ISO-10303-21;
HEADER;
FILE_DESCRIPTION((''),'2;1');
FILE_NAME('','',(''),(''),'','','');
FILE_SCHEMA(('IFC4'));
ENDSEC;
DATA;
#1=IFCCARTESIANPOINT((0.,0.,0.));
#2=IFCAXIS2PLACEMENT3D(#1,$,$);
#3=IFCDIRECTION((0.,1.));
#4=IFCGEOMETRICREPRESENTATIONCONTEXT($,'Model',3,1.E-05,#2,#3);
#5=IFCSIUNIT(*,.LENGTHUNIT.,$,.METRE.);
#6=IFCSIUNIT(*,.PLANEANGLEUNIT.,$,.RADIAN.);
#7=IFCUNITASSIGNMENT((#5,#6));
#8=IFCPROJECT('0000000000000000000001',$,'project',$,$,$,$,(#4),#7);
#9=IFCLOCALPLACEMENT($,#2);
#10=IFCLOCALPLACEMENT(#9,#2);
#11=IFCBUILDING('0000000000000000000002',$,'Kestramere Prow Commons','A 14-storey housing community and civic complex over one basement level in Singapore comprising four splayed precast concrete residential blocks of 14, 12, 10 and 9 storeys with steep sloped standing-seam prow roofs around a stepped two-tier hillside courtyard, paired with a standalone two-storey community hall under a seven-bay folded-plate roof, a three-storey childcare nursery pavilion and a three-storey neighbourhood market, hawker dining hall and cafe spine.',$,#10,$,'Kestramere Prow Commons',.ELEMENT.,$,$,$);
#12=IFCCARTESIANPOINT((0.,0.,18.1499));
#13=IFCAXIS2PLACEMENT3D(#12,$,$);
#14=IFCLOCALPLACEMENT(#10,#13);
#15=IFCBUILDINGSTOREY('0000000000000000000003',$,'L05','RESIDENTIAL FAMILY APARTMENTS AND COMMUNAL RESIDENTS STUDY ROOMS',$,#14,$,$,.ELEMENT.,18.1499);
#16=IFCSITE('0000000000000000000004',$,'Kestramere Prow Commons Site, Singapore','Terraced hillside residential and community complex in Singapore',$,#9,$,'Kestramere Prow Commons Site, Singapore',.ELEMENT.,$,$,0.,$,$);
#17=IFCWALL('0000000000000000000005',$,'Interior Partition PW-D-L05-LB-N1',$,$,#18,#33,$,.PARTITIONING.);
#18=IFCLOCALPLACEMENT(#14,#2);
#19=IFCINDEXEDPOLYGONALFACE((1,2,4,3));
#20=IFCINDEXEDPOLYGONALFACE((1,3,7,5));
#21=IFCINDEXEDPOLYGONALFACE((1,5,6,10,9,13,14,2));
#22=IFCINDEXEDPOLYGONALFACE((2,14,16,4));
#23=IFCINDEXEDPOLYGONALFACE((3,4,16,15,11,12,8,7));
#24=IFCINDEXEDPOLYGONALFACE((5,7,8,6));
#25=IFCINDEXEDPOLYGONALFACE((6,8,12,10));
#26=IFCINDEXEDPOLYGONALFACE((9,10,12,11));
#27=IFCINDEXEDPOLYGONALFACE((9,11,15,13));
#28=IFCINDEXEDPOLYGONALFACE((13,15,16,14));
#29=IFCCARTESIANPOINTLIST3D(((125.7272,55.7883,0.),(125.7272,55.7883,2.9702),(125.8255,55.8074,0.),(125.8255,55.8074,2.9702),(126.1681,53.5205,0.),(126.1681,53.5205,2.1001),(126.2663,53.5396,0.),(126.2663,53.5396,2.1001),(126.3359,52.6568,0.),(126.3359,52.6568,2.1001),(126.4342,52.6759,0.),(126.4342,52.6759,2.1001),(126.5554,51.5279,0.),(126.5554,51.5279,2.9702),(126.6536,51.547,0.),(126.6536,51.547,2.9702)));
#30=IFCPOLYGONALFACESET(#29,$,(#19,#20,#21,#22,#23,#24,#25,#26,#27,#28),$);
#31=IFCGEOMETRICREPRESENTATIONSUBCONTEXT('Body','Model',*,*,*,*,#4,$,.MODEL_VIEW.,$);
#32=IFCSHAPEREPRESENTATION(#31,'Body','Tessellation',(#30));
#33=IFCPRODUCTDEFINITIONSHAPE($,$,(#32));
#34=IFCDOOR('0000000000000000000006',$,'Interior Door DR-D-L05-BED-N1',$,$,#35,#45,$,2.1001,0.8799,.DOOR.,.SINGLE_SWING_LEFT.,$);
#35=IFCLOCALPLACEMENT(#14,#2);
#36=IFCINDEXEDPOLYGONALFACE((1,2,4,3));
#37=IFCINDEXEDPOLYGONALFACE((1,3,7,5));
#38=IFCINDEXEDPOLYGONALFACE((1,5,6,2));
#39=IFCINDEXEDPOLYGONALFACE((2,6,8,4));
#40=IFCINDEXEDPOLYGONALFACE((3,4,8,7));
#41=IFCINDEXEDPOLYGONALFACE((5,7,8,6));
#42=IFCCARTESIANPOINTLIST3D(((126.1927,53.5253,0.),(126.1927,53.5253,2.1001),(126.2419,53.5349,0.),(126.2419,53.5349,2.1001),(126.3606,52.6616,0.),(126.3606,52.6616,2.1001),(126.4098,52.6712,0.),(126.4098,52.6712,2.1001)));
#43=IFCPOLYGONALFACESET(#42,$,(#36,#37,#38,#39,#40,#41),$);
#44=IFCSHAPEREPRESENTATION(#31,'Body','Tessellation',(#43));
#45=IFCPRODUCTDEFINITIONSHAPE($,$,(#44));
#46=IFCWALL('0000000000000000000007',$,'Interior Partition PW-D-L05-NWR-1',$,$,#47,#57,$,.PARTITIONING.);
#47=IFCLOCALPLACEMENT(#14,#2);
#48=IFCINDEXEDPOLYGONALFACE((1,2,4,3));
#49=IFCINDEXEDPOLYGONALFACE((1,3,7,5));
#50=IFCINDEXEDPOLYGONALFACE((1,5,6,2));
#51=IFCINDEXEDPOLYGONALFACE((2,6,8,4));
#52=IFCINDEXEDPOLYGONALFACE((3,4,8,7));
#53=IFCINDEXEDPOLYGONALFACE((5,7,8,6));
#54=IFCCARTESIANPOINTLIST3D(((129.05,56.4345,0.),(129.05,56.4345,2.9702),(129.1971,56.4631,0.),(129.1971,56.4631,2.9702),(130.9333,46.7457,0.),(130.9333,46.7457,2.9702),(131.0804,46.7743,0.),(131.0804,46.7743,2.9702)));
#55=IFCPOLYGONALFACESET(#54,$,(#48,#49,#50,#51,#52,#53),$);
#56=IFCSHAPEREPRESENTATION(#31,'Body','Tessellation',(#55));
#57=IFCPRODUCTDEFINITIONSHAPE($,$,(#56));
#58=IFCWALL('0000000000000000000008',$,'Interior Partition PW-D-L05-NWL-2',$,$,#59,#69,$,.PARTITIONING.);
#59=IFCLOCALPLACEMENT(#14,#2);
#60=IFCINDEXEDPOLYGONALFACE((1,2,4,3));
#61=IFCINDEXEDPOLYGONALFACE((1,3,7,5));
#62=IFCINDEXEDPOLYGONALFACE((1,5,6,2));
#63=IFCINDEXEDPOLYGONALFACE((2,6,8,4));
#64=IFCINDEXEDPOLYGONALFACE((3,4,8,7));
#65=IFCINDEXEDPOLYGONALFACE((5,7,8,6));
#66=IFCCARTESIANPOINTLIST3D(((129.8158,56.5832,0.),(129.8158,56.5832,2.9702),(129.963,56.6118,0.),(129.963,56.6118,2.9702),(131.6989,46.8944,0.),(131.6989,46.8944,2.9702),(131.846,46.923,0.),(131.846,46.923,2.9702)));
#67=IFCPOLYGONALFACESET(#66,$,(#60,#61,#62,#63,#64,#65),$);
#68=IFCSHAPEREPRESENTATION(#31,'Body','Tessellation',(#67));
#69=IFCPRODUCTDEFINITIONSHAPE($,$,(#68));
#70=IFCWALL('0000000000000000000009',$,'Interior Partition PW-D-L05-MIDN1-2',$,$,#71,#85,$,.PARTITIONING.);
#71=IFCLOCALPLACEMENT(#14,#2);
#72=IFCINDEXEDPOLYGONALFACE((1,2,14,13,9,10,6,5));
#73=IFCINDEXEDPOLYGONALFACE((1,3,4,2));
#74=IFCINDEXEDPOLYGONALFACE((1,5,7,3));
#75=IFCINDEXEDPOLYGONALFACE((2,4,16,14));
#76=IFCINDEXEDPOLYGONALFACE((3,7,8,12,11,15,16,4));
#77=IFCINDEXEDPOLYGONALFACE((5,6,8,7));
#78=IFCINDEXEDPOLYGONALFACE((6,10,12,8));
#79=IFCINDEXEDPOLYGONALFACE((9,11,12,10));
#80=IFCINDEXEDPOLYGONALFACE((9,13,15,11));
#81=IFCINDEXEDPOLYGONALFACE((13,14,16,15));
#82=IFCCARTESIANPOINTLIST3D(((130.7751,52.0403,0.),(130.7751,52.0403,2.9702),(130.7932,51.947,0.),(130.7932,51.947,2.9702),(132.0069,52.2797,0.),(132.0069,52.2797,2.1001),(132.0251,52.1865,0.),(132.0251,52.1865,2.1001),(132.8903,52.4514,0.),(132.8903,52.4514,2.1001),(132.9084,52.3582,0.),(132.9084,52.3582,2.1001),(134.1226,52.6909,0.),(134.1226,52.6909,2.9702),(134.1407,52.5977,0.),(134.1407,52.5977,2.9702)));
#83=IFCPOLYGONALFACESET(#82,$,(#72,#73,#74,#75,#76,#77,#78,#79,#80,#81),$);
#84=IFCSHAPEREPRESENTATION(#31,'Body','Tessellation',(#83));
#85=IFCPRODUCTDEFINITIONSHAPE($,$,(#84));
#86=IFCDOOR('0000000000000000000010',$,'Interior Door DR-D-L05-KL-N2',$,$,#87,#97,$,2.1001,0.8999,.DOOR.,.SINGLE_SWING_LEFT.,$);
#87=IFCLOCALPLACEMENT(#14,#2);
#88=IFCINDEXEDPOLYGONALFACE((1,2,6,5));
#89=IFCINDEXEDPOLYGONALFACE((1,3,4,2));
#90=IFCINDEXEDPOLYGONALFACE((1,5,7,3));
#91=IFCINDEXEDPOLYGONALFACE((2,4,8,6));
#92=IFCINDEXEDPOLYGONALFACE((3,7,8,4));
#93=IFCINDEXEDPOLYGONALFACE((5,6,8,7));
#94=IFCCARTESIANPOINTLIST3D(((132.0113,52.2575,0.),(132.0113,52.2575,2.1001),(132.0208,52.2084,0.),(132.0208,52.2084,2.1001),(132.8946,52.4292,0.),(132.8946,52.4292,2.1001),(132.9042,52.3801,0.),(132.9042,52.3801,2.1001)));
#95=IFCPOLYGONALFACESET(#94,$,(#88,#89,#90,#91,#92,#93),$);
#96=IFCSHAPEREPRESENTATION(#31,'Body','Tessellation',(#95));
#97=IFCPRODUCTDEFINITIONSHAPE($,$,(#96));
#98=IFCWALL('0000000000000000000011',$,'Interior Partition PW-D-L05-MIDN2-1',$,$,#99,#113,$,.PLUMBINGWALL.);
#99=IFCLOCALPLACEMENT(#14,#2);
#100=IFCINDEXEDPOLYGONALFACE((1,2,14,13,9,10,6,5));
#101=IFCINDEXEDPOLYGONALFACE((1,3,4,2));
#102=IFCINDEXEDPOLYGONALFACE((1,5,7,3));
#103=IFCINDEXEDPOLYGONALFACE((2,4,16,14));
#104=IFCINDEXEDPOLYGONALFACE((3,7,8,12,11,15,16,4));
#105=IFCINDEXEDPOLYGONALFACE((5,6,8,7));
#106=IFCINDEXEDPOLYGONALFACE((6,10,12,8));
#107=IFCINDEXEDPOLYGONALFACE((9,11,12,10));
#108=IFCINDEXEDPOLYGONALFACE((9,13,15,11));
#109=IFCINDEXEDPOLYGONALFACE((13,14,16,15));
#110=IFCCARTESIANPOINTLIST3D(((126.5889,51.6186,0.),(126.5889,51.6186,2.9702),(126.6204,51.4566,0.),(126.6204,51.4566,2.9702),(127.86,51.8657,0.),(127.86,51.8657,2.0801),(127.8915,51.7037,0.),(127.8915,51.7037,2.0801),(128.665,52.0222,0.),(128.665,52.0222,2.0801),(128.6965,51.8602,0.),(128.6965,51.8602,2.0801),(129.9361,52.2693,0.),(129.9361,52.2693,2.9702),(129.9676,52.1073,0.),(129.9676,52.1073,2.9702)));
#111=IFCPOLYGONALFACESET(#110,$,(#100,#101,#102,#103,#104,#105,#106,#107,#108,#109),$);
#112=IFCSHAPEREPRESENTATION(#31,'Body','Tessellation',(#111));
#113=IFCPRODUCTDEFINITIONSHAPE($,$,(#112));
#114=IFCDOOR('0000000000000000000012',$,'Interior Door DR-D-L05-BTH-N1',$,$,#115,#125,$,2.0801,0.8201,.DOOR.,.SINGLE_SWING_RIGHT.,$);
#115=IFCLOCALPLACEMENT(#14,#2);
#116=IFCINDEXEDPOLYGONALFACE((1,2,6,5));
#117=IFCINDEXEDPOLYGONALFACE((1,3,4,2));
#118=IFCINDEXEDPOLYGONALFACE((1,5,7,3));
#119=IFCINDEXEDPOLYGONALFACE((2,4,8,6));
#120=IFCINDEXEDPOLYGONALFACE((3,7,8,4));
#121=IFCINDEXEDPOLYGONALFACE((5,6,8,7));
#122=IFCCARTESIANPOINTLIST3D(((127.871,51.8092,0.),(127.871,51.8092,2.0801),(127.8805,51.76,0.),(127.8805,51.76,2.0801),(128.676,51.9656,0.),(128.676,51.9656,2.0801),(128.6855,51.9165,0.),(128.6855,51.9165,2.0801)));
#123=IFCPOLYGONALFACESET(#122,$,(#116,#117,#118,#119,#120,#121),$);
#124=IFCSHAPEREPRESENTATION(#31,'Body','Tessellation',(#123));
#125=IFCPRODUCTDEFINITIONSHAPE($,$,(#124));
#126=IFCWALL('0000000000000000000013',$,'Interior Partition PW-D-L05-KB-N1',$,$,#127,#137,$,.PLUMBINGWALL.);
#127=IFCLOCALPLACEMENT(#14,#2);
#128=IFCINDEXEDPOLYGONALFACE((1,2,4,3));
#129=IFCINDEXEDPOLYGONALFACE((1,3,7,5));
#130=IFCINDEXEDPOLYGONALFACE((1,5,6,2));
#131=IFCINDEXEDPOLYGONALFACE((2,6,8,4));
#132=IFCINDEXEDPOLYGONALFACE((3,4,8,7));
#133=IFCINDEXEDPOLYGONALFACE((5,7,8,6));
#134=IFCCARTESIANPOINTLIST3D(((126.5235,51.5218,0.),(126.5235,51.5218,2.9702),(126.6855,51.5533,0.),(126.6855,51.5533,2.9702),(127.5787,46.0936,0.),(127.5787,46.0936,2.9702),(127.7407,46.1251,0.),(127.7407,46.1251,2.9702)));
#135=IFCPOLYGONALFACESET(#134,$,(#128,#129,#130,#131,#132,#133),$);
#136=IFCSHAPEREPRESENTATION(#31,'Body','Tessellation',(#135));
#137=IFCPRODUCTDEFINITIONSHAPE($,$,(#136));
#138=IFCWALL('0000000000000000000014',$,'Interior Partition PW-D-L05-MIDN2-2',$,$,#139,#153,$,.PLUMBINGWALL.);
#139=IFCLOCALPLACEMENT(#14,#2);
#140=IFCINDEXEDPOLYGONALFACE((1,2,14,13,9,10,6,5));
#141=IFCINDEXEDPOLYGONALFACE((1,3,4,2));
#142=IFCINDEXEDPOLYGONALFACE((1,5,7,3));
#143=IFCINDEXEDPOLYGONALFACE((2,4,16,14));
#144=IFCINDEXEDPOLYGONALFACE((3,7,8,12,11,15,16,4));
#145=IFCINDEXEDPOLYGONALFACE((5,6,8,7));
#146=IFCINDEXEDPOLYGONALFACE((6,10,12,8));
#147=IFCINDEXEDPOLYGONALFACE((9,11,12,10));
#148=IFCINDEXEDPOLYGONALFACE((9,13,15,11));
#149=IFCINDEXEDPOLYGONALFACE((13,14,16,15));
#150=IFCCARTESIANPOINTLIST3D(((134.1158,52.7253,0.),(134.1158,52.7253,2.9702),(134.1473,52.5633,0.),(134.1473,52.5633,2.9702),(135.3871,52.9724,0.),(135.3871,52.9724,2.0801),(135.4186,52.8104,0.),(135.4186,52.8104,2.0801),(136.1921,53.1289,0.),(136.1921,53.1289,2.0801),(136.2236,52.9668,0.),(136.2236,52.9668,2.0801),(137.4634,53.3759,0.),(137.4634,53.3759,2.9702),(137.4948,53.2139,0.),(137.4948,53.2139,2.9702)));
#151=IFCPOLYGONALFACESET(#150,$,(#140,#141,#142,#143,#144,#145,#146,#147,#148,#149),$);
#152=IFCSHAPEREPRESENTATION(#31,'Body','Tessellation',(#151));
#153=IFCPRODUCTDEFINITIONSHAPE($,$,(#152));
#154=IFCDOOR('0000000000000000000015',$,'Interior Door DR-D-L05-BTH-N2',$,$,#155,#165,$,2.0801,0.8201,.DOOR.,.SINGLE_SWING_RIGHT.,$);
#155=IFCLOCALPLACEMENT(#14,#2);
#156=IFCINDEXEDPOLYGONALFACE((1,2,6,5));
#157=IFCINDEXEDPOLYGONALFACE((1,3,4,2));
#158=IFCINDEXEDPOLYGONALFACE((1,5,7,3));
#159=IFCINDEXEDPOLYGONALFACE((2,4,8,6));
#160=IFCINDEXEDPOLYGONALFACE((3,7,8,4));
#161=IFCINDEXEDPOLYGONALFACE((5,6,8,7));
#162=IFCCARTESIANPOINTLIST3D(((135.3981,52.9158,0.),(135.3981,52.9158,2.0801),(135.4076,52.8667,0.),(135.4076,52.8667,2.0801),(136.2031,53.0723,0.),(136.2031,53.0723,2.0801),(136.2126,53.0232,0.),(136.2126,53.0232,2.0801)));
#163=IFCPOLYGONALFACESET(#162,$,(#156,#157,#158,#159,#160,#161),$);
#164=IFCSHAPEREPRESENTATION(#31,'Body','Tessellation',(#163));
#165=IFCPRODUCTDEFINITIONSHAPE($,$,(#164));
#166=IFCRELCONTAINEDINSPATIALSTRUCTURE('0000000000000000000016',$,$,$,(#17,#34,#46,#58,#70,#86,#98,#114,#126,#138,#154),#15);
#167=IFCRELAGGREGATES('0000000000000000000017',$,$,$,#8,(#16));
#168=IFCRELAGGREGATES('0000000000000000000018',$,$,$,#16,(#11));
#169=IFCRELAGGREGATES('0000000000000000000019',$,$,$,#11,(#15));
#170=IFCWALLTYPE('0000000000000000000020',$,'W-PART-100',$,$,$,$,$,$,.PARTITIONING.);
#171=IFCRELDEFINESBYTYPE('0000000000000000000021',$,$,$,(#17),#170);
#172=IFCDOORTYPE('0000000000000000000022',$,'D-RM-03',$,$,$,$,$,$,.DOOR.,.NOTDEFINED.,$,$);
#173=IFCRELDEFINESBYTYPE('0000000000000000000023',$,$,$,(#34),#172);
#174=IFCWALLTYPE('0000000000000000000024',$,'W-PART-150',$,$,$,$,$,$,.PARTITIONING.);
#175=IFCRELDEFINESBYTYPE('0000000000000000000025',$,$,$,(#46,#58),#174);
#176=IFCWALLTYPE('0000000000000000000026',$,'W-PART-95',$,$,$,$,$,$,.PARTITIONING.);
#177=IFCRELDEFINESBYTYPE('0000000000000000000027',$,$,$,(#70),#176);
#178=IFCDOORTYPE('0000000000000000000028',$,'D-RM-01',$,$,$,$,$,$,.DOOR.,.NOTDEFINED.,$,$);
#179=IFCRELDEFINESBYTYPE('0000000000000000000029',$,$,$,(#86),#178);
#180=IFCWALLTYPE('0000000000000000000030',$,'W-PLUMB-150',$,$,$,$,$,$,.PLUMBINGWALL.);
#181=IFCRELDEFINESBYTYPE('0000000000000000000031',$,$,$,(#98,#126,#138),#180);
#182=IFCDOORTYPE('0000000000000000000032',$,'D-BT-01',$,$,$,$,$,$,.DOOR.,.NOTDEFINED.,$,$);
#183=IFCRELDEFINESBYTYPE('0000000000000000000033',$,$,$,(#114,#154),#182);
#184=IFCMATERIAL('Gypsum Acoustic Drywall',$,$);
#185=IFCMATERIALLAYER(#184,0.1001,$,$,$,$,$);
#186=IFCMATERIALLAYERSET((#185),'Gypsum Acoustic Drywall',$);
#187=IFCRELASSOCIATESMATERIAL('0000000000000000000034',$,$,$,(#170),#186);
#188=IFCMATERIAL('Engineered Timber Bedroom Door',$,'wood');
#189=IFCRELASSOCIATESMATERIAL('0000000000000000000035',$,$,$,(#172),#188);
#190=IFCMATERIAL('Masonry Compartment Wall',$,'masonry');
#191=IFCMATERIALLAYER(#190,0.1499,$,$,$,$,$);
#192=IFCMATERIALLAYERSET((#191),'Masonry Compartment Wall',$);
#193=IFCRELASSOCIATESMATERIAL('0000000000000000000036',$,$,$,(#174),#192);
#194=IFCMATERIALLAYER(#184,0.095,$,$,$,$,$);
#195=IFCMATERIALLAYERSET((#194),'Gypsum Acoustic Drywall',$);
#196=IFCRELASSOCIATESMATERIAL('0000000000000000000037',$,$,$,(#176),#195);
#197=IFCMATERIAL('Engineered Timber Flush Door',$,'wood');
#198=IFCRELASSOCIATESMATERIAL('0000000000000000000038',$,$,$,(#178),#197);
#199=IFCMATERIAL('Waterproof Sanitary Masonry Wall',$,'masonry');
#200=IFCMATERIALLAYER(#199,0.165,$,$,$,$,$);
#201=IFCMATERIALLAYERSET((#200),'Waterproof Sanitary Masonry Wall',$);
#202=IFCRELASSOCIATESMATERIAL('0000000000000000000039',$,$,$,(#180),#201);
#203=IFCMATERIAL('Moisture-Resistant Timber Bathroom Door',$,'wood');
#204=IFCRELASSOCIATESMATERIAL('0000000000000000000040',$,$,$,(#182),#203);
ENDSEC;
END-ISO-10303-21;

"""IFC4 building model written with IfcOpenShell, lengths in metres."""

from ifc_helpers import new_model, si_unit, direction, frame, frame_2d, origin, place, context, subcontext, project, spatial, rectangle, extrude, material, layer, layer_set, type_object, element, fill, save


model = new_model("IFC4")

# Units and contexts
model_context = context("Model", 3, precision=1e-05, world=origin(), true_north=direction((0.0, 1.0)))
body_context = subcontext(model_context, "Body", "Model", "MODEL_VIEW")
ifc_project = project(units=[si_unit("LENGTHUNIT", "METRE"), si_unit("PLANEANGLEUNIT", "RADIAN")], contexts=[model_context])

# Site, building, storey
site_placement = place(None, origin())
site = spatial("IfcSite", under=ifc_project, at=site_placement, Name="Kestramere Prow Commons Site, Singapore", Description="Terraced hillside residential and community complex in Singapore", LongName="Kestramere Prow Commons Site, Singapore", CompositionType="ELEMENT", RefElevation=0.0)
building_placement = place(site_placement, origin())
building = spatial("IfcBuilding", under=site, at=building_placement, Name="Kestramere Prow Commons", Description="A 14-storey housing community and civic complex over one basement level in Singapore comprising four splayed precast concrete residential blocks of 14, 12, 10 and 9 storeys with steep sloped standing-seam prow roofs around a stepped two-tier hillside courtyard, paired with a standalone two-storey community hall under a seven-bay folded-plate roof, a three-storey childcare nursery pavilion and a three-storey neighbourhood market, hawker dining hall and cafe spine.", LongName="Kestramere Prow Commons", CompositionType="ELEMENT")
storey_placement = place(building_placement, frame((0.0, 0.0, 18.1499)))
storey = spatial("IfcBuildingStorey", under=building, at=storey_placement, Name="L05", Description="RESIDENTIAL FAMILY APARTMENTS AND COMMUNAL RESIDENTS STUDY ROOMS", CompositionType="ELEMENT", Elevation=18.1499)

# Wall, opening, door
ifc_material_1 = material(Name="Gypsum Acoustic Drywall")
ifc_layer_1 = layer(ifc_material_1, 0.1001)
ifc_layer_set_1 = layer_set([ifc_layer_1], Name="Gypsum Acoustic Drywall")
wall_type_1 = type_object("IfcWallType", Name="W-PART-100", PredefinedType="PARTITIONING", material=ifc_layer_set_1)
wall_1_placement = place(storey_placement, frame((126.6045, 51.5376, 0.0), z_axis=(0.0, 0.0, 1.0), x_axis=(-0.190812, 0.981627, 0.0)))
wall_1 = element("IfcWall", 1, at=wall_1_placement, inside=storey, type_object=wall_type_1, Name="Interior Partition PW-D-L05-LB-N1", PredefinedType="PARTITIONING", context=body_context, shape_type="SweptSolid", body=[
    extrude(rectangle(XDim=4.3401, YDim=0.1001, at=frame_2d((2.1699, 0.0))), origin(), (0.0, 0.0, 1.0), 2.9702),
])
opening_1_placement = place(wall_1_placement, frame((1.1499, 0.0, 0.0)))
opening_1 = element("IfcOpeningElement", 2, at=opening_1_placement, cuts=wall_1, PredefinedType="OPENING", context=body_context, shape_type="SweptSolid", body=[
    extrude(rectangle(XDim=0.8799, YDim=2.1001, at=frame_2d((0.4399, 1.05))), frame((0.0, 0.0649, 0.0), z_axis=(0.0, -1.0, 0.0), x_axis=(1.0, 0.0, 0.0)), (0.0, 0.0, 1.0), 0.1301),
])
ifc_material_2 = material(Name="Engineered Timber Bedroom Door", Category="wood")
door_type_1 = type_object("IfcDoorType", Name="D-RM-03", OperationType="NOTDEFINED", PredefinedType="DOOR", material=ifc_material_2)
door_1_placement = place(opening_1_placement, origin())
door_1 = element("IfcDoor", 3, at=door_1_placement, inside=storey, type_object=door_type_1, Name="Interior Door DR-D-L05-BED-N1", OperationType="SINGLE_SWING_LEFT", OverallHeight=2.1001, OverallWidth=0.8799, PredefinedType="DOOR", context=body_context, shape_type="SweptSolid", body=[
    extrude(rectangle(XDim=0.8799, YDim=2.1001, at=frame_2d((0.4399, 1.05))), frame((0.0, 0.0249, 0.0), z_axis=(0.0, -1.0, 0.0), x_axis=(1.0, 0.0, 0.0)), (0.0, 0.0, 1.0), 0.05),
])
fill(opening_1, door_1)

# Walls
ifc_material_3 = material(Name="Masonry Compartment Wall", Category="masonry")
ifc_layer_2 = layer(ifc_material_3, 0.1499)
ifc_layer_set_2 = layer_set([ifc_layer_2], Name="Masonry Compartment Wall")
wall_type_2 = type_object("IfcWallType", Name="W-PART-150", PredefinedType="PARTITIONING", material=ifc_layer_set_2)
for number, where, z_axis, x_axis, name in (
    (4, (131.0068, 46.76, 0.0), (0.0, 0.0, 1.0), (-0.190809, 0.981627, 0.0), "Interior Partition PW-D-L05-NWR-1"),
    (5, (131.7725, 46.9087, 0.0), (0.0, 0.0, 1.0), (-0.190786, 0.981632, 0.0), "Interior Partition PW-D-L05-NWL-2"),
):
    element("IfcWall", number, at=place(storey_placement, frame(where, z_axis=z_axis, x_axis=x_axis)), inside=storey, type_object=wall_type_2, Name=name, PredefinedType="PARTITIONING", context=body_context, shape_type="SweptSolid", body=[
        extrude(rectangle(XDim=9.8701, YDim=0.1499, at=frame_2d((4.9351, 0.0))), origin(), (0.0, 0.0, 1.0), 2.9702),
    ])

# Walls, openings, doors
ifc_layer_3 = layer(ifc_material_1, 0.095)
ifc_layer_set_3 = layer_set([ifc_layer_3], Name="Gypsum Acoustic Drywall")
wall_type_3 = type_object("IfcWallType", Name="W-PART-95", PredefinedType="PARTITIONING", material=ifc_layer_set_3)
wall_2_placement = place(storey_placement, frame((130.7842, 51.9937, 0.0), z_axis=(0.0, 0.0, 1.0), x_axis=(0.981629, 0.190799, 0.0)))
wall_2 = element("IfcWall", 6, at=wall_2_placement, inside=storey, type_object=wall_type_3, Name="Interior Partition PW-D-L05-MIDN1-2", PredefinedType="PARTITIONING", context=body_context, shape_type="SweptSolid", body=[
    extrude(rectangle(XDim=3.4102, YDim=0.095, at=frame_2d((1.7051, 0.0))), origin(), (0.0, 0.0, 1.0), 2.9702),
])
opening_2_placement = place(wall_2_placement, frame((1.2549, 0.0, 0.0)))
opening_2 = element("IfcOpeningElement", 7, at=opening_2_placement, cuts=wall_2, PredefinedType="OPENING", context=body_context, shape_type="SweptSolid", body=[
    extrude(rectangle(XDim=0.8999, YDim=2.1001, at=frame_2d((0.45, 1.05))), frame((0.0, 0.0625, 0.0), z_axis=(0.0, -1.0, 0.0), x_axis=(1.0, 0.0, 0.0)), (0.0, 0.0, 1.0), 0.125),
])
ifc_material_4 = material(Name="Engineered Timber Flush Door", Category="wood")
door_type_2 = type_object("IfcDoorType", Name="D-RM-01", OperationType="NOTDEFINED", PredefinedType="DOOR", material=ifc_material_4)
door_2_placement = place(opening_2_placement, origin())
door_2 = element("IfcDoor", 8, at=door_2_placement, inside=storey, type_object=door_type_2, Name="Interior Door DR-D-L05-KL-N2", OperationType="SINGLE_SWING_LEFT", OverallHeight=2.1001, OverallWidth=0.8999, PredefinedType="DOOR", context=body_context, shape_type="SweptSolid", body=[
    extrude(rectangle(XDim=0.8999, YDim=2.1001, at=frame_2d((0.45, 1.05))), frame((0.0, 0.0249, 0.0), z_axis=(0.0, -1.0, 0.0), x_axis=(1.0, 0.0, 0.0)), (0.0, 0.0, 1.0), 0.05),
])
fill(opening_2, door_2)
ifc_material_5 = material(Name="Waterproof Sanitary Masonry Wall", Category="masonry")
ifc_layer_4 = layer(ifc_material_5, 0.165)
ifc_layer_set_4 = layer_set([ifc_layer_4], Name="Waterproof Sanitary Masonry Wall")
wall_type_4 = type_object("IfcWallType", Name="W-PLUMB-150", PredefinedType="PLUMBINGWALL", material=ifc_layer_set_4)
wall_3_placement = place(storey_placement, frame((126.6045, 51.5376, 0.0), z_axis=(0.0, 0.0, 1.0), x_axis=(0.981627, 0.190812, 0.0)))
wall_3 = element("IfcWall", 9, at=wall_3_placement, inside=storey, type_object=wall_type_4, Name="Interior Partition PW-D-L05-MIDN2-1", PredefinedType="PLUMBINGWALL", context=body_context, shape_type="SweptSolid", body=[
    extrude(rectangle(XDim=3.4099, YDim=0.165, at=frame_2d((1.7051, 0.0))), origin(), (0.0, 0.0, 1.0), 2.9702),
])
opening_3_placement = place(wall_3_placement, frame((1.2949, 0.0, 0.0)))
opening_3 = element("IfcOpeningElement", 10, at=opening_3_placement, cuts=wall_3, PredefinedType="OPENING", context=body_context, shape_type="SweptSolid", body=[
    extrude(rectangle(XDim=0.8201, YDim=2.0801, at=frame_2d((0.4102, 1.04))), frame((0.0, 0.0974, 0.0), z_axis=(0.0, -1.0, 0.0), x_axis=(1.0, 0.0, 0.0)), (0.0, 0.0, 1.0), 0.1951),
])
ifc_material_6 = material(Name="Moisture-Resistant Timber Bathroom Door", Category="wood")
door_type_3 = type_object("IfcDoorType", Name="D-BT-01", OperationType="NOTDEFINED", PredefinedType="DOOR", material=ifc_material_6)
door_3_placement = place(opening_3_placement, origin())
door_3 = element("IfcDoor", 11, at=door_3_placement, inside=storey, type_object=door_type_3, Name="Interior Door DR-D-L05-BTH-N1", OperationType="SINGLE_SWING_RIGHT", OverallHeight=2.0801, OverallWidth=0.8201, PredefinedType="DOOR", context=body_context, shape_type="SweptSolid", body=[
    extrude(rectangle(XDim=0.8201, YDim=2.0801, at=frame_2d((0.4102, 1.04))), frame((0.0, 0.0249, 0.0), z_axis=(0.0, -1.0, 0.0), x_axis=(1.0, 0.0, 0.0)), (0.0, 0.0, 1.0), 0.05),
])
fill(opening_3, door_3)

# Wall
wall_4_placement = place(storey_placement, frame((127.6597, 46.1094, 0.0), z_axis=(0.0, 0.0, 1.0), x_axis=(-0.190815, 0.981626, 0.0)))
element("IfcWall", 12, at=wall_4_placement, inside=storey, type_object=wall_type_4, Name="Interior Partition PW-D-L05-KB-N1", PredefinedType="PLUMBINGWALL", context=body_context, shape_type="SweptSolid", body=[
    extrude(rectangle(XDim=5.5298, YDim=0.165, at=frame_2d((2.7649, 0.0))), origin(), (0.0, 0.0, 1.0), 2.9702),
])

# Wall, opening, door
wall_5_placement = place(storey_placement, frame((134.1316, 52.6443, 0.0), z_axis=(0.0, 0.0, 1.0), x_axis=(0.981629, 0.190799, 0.0)))
wall_5 = element("IfcWall", 13, at=wall_5_placement, inside=storey, type_object=wall_type_4, Name="Interior Partition PW-D-L05-MIDN2-2", PredefinedType="PLUMBINGWALL", context=body_context, shape_type="SweptSolid", body=[
    extrude(rectangle(XDim=3.4102, YDim=0.165, at=frame_2d((1.7051, 0.0))), origin(), (0.0, 0.0, 1.0), 2.9702),
])
opening_4_placement = place(wall_5_placement, frame((1.2949, 0.0, 0.0)))
opening_4 = element("IfcOpeningElement", 14, at=opening_4_placement, cuts=wall_5, PredefinedType="OPENING", context=body_context, shape_type="SweptSolid", body=[
    extrude(rectangle(XDim=0.8201, YDim=2.0801, at=frame_2d((0.4102, 1.04))), frame((0.0, 0.0974, 0.0), z_axis=(0.0, -1.0, 0.0), x_axis=(1.0, 0.0, 0.0)), (0.0, 0.0, 1.0), 0.1951),
])
door_4_placement = place(opening_4_placement, origin())
door_4 = element("IfcDoor", 15, at=door_4_placement, inside=storey, type_object=door_type_3, Name="Interior Door DR-D-L05-BTH-N2", OperationType="SINGLE_SWING_RIGHT", OverallHeight=2.0801, OverallWidth=0.8201, PredefinedType="DOOR", context=body_context, shape_type="SweptSolid", body=[
    extrude(rectangle(XDim=0.8201, YDim=2.0801, at=frame_2d((0.4102, 1.04))), frame((0.0, 0.0249, 0.0), z_axis=(0.0, -1.0, 0.0), x_axis=(1.0, 0.0, 0.0)), (0.0, 0.0, 1.0), 0.05),
])
fill(opening_4, door_4)

save(model, "model.ifc")
